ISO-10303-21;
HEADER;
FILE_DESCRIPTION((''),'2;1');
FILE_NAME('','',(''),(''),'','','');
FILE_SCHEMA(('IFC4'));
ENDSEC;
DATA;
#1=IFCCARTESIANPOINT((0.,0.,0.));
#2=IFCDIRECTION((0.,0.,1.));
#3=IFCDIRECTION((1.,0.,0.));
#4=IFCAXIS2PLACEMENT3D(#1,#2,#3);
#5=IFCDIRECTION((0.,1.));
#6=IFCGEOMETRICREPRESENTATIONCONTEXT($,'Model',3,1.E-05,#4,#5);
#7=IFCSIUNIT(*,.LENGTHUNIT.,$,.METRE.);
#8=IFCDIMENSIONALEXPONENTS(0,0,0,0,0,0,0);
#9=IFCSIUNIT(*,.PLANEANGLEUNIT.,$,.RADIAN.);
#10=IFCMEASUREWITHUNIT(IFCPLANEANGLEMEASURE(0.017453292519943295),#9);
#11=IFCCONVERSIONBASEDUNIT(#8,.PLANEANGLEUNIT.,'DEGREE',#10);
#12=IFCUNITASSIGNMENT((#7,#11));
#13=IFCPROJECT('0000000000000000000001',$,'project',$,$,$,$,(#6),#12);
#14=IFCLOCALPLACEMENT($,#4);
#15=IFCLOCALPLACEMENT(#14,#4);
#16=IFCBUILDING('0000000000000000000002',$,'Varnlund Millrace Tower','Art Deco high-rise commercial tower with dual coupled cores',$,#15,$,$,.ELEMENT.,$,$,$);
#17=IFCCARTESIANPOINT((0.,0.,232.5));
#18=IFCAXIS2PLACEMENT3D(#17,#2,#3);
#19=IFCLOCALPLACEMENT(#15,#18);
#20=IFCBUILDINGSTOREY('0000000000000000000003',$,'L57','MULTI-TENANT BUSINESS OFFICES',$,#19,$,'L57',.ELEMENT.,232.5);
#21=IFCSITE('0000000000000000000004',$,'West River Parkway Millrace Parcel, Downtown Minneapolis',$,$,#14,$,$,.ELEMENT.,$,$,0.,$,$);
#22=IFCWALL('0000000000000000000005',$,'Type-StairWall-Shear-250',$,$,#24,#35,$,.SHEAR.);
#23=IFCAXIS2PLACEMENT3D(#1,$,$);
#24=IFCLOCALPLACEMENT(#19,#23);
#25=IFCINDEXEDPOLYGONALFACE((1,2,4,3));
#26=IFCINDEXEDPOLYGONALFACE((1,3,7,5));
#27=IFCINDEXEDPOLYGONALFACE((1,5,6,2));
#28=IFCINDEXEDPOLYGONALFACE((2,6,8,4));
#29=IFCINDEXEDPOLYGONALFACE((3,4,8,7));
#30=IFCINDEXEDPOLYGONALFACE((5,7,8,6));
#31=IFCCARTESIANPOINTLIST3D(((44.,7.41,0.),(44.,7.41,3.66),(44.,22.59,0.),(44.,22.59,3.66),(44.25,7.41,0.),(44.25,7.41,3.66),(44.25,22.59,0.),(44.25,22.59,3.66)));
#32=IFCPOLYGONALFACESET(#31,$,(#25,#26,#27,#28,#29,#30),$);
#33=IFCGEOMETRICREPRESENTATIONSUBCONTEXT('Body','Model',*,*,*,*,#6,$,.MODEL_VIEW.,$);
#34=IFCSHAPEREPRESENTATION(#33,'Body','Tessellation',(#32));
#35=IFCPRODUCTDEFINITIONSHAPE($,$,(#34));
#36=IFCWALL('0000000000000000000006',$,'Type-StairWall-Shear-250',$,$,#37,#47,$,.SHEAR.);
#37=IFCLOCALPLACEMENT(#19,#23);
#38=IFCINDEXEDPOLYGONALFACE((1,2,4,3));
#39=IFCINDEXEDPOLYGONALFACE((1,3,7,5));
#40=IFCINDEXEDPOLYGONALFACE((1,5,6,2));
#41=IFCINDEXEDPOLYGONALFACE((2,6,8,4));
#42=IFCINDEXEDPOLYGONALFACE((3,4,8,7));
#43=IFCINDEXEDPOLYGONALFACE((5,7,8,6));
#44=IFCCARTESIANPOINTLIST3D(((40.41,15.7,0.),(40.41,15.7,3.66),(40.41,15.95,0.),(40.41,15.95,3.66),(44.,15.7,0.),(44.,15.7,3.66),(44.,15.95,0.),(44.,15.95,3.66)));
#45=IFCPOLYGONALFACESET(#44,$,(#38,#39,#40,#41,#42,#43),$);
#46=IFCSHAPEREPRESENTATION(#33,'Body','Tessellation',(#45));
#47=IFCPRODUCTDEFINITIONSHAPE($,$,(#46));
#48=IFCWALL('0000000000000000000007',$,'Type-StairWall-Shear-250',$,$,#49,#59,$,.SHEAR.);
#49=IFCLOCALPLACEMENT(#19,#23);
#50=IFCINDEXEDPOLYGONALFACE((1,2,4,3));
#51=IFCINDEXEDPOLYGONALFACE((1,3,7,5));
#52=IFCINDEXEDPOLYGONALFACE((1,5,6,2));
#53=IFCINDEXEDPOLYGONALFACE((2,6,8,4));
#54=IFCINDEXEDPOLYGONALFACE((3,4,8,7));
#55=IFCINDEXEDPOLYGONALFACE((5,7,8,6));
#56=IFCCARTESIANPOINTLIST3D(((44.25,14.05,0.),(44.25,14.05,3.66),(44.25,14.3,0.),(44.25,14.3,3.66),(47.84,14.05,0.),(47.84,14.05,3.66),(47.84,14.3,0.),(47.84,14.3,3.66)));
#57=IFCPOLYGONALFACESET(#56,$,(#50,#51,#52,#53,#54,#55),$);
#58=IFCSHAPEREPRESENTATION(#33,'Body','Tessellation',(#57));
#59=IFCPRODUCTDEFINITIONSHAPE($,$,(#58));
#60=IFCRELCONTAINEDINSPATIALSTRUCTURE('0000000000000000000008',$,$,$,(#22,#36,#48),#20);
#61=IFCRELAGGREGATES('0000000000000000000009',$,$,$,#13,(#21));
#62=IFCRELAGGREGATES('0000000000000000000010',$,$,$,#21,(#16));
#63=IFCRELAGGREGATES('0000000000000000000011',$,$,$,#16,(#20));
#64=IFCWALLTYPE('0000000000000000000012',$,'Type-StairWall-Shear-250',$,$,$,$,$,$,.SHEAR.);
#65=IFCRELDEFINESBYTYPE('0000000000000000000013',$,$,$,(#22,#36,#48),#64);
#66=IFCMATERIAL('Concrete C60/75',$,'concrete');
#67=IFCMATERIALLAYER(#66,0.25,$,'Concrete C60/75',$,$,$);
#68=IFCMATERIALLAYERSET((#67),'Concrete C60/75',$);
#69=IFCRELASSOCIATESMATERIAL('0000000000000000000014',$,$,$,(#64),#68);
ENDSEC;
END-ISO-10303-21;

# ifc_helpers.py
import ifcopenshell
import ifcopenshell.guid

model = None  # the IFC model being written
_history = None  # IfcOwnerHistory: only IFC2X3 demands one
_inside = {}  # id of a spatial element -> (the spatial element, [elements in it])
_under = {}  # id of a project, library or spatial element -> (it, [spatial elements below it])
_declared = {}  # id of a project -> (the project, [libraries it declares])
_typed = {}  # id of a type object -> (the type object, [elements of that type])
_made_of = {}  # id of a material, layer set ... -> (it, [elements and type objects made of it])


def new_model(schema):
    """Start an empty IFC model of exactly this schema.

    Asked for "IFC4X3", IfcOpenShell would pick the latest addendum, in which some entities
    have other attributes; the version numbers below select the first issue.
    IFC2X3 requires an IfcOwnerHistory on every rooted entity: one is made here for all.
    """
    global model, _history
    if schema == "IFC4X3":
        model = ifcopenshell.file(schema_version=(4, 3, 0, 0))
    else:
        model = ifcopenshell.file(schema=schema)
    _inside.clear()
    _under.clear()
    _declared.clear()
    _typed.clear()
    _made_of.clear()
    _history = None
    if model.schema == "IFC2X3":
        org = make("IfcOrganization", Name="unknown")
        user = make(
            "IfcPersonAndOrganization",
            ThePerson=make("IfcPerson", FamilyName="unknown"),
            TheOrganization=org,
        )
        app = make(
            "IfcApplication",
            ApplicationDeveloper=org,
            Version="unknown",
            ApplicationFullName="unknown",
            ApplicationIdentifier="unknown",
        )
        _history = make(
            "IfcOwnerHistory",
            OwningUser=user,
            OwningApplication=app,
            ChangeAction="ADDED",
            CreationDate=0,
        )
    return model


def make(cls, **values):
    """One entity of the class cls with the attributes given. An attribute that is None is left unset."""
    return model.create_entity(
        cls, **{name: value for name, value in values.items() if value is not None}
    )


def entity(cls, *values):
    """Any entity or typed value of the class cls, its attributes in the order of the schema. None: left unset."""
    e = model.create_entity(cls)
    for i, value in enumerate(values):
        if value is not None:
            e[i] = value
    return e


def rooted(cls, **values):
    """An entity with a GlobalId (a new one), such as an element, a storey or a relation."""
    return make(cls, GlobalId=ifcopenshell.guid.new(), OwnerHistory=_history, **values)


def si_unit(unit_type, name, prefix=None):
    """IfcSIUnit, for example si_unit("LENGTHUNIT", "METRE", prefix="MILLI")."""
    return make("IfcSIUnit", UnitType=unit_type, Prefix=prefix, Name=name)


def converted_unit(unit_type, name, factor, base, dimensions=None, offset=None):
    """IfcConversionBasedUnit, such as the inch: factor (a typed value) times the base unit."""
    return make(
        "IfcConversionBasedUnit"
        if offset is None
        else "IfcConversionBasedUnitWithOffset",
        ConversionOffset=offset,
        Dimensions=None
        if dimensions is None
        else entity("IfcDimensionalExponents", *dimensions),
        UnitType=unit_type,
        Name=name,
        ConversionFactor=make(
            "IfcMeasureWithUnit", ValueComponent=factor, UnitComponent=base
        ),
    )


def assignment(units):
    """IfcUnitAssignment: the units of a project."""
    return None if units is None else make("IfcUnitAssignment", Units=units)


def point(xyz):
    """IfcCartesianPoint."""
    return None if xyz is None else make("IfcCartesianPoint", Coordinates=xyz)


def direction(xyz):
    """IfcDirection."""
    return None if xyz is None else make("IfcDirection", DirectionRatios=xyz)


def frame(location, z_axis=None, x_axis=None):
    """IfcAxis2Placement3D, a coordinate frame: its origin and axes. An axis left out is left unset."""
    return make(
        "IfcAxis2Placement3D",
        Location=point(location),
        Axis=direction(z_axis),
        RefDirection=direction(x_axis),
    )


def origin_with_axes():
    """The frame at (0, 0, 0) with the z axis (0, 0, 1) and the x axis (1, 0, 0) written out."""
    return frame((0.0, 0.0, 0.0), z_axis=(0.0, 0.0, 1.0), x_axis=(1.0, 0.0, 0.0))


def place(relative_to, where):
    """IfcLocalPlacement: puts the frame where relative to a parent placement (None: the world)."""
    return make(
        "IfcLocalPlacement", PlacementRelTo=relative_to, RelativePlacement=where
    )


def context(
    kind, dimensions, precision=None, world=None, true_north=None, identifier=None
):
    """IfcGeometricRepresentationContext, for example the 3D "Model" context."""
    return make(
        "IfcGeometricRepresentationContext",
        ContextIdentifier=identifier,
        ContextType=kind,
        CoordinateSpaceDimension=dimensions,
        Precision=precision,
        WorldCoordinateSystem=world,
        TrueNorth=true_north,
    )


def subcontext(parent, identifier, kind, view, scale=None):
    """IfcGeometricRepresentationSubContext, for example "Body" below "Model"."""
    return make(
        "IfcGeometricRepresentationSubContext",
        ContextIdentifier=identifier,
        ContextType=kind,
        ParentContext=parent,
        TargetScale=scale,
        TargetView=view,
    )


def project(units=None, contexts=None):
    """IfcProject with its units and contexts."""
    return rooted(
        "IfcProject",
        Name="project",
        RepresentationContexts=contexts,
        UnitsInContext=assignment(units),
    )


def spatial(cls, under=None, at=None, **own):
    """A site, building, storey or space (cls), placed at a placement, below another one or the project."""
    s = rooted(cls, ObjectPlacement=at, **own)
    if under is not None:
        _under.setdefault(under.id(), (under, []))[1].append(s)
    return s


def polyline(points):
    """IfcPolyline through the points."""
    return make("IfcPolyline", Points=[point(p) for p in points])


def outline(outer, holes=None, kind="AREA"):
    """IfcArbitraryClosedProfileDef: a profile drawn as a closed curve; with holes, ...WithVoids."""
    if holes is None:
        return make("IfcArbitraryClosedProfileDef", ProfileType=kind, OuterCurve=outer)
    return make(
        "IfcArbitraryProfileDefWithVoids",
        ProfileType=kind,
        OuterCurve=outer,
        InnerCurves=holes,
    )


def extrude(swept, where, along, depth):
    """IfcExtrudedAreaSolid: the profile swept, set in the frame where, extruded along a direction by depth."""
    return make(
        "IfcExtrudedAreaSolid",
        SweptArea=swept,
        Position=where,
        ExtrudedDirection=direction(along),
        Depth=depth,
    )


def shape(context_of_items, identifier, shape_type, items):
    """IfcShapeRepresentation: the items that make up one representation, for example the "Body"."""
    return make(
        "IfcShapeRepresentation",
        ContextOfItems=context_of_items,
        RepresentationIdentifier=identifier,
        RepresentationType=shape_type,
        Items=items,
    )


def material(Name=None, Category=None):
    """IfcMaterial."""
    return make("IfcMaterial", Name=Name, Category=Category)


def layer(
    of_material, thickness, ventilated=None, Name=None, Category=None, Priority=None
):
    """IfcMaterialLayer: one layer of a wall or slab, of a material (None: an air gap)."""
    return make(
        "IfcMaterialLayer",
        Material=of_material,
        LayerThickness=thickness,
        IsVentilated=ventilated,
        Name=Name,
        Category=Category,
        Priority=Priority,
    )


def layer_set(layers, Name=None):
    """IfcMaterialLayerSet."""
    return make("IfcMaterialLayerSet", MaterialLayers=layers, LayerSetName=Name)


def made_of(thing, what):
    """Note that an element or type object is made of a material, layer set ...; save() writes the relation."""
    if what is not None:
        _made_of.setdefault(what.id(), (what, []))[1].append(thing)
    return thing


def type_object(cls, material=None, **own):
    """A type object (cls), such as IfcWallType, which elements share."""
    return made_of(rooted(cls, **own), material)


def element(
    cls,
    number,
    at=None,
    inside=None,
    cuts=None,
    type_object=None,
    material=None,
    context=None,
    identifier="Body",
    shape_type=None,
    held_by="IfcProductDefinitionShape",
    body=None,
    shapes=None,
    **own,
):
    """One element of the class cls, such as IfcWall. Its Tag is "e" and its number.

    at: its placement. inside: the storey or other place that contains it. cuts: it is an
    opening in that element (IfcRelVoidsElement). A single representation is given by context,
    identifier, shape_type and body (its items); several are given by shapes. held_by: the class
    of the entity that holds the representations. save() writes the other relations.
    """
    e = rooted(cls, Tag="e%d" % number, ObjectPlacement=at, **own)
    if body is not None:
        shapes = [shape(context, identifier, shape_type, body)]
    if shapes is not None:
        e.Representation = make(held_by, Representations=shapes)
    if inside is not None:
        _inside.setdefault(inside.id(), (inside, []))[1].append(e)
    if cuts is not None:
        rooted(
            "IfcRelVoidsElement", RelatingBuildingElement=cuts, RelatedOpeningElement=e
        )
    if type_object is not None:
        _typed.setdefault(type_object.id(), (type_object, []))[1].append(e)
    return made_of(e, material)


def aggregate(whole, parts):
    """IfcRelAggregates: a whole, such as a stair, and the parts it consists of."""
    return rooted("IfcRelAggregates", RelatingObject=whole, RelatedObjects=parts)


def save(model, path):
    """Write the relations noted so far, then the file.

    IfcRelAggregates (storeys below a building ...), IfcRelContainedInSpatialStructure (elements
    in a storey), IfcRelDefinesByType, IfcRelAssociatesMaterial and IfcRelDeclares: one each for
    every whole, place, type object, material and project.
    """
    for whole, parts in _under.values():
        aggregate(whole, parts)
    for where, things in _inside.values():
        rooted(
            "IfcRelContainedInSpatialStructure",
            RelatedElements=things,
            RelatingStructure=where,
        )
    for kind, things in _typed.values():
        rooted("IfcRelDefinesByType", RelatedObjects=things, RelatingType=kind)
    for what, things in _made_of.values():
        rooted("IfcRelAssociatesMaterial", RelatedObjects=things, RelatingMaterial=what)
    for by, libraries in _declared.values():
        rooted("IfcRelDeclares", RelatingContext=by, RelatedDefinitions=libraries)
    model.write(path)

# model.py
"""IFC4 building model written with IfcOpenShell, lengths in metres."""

from ifc_helpers import new_model, entity, si_unit, converted_unit, direction, frame, origin_with_axes, place, context, subcontext, project, spatial, polyline, outline, extrude, material, layer, layer_set, type_object, element, save


model = new_model("IFC4")

# Units and contexts
model_context = context("Model", 3, precision=1e-05, world=origin_with_axes(), true_north=direction((0.0, 1.0)))
body_context = subcontext(model_context, "Body", "Model", "MODEL_VIEW")
ifc_project = project(units=[si_unit("LENGTHUNIT", "METRE"), converted_unit("PLANEANGLEUNIT", "DEGREE", entity("IfcPlaneAngleMeasure", 0.017453292519943295), si_unit("PLANEANGLEUNIT", "RADIAN"), dimensions=[0, 0, 0, 0, 0, 0, 0])], contexts=[model_context])

# Site, building, storey
site_placement = place(None, origin_with_axes())
site = spatial("IfcSite", under=ifc_project, at=site_placement, Name="West River Parkway Millrace Parcel, Downtown Minneapolis", CompositionType="ELEMENT", RefElevation=0.0)
building_placement = place(site_placement, origin_with_axes())
building = spatial("IfcBuilding", under=site, at=building_placement, Name="Varnlund Millrace Tower", Description="Art Deco high-rise commercial tower with dual coupled cores", CompositionType="ELEMENT")
storey_placement = place(building_placement, frame((0.0, 0.0, 232.5), z_axis=(0.0, 0.0, 1.0), x_axis=(1.0, 0.0, 0.0)))
storey = spatial("IfcBuildingStorey", under=building, at=storey_placement, Name="L57", Description="MULTI-TENANT BUSINESS OFFICES", LongName="L57", CompositionType="ELEMENT", Elevation=232.5)

# Shared definitions
ifc_material_1 = material(Name="Concrete C60/75", Category="concrete")

# Shared definitions
ifc_layer_1 = layer(ifc_material_1, 0.25, Name="Concrete C60/75")
ifc_layer_set_1 = layer_set([ifc_layer_1], Name="Concrete C60/75")

# Walls
wall_type_1 = type_object("IfcWallType", Name="Type-StairWall-Shear-250", PredefinedType="SHEAR", material=ifc_layer_set_1)
wall_1_placement = place(storey_placement, frame((44.125, 7.41, 0.0), z_axis=(0.0, 0.0, 1.0), x_axis=(0.0, 1.0, 0.0)))
element("IfcWall", 1, at=wall_1_placement, inside=storey, type_object=wall_type_1, Name="Type-StairWall-Shear-250", PredefinedType="SHEAR", context=body_context, shape_type="SweptSolid", body=[
    extrude(outline(polyline([(0.0, -0.125), (15.18, -0.125), (15.18, 0.125), (0.0, 0.125), (0.0, -0.125)])), origin_with_axes(), (0.0, 0.0, 1.0), 3.66),
])
for number, where, z_axis, x_axis, name in (
    (2, (40.41, 15.825, 0.0), (0.0, 0.0, 1.0), (1.0, 0.0, 0.0), "Type-StairWall-Shear-250"),
    (3, (44.25, 14.175, 0.0), (0.0, 0.0, 1.0), (1.0, 0.0, 0.0), "Type-StairWall-Shear-250"),
):
    element("IfcWall", number, at=place(storey_placement, frame(where, z_axis=z_axis, x_axis=x_axis)), inside=storey, type_object=wall_type_1, Name=name, PredefinedType="SHEAR", context=body_context, shape_type="SweptSolid", body=[
        extrude(outline(polyline([(0.0, -0.125), (3.59, -0.125), (3.59, 0.125), (0.0, 0.125), (0.0, -0.125)])), origin_with_axes(), (0.0, 0.0, 1.0), 3.66),
    ])

save(model, "model.ifc")
